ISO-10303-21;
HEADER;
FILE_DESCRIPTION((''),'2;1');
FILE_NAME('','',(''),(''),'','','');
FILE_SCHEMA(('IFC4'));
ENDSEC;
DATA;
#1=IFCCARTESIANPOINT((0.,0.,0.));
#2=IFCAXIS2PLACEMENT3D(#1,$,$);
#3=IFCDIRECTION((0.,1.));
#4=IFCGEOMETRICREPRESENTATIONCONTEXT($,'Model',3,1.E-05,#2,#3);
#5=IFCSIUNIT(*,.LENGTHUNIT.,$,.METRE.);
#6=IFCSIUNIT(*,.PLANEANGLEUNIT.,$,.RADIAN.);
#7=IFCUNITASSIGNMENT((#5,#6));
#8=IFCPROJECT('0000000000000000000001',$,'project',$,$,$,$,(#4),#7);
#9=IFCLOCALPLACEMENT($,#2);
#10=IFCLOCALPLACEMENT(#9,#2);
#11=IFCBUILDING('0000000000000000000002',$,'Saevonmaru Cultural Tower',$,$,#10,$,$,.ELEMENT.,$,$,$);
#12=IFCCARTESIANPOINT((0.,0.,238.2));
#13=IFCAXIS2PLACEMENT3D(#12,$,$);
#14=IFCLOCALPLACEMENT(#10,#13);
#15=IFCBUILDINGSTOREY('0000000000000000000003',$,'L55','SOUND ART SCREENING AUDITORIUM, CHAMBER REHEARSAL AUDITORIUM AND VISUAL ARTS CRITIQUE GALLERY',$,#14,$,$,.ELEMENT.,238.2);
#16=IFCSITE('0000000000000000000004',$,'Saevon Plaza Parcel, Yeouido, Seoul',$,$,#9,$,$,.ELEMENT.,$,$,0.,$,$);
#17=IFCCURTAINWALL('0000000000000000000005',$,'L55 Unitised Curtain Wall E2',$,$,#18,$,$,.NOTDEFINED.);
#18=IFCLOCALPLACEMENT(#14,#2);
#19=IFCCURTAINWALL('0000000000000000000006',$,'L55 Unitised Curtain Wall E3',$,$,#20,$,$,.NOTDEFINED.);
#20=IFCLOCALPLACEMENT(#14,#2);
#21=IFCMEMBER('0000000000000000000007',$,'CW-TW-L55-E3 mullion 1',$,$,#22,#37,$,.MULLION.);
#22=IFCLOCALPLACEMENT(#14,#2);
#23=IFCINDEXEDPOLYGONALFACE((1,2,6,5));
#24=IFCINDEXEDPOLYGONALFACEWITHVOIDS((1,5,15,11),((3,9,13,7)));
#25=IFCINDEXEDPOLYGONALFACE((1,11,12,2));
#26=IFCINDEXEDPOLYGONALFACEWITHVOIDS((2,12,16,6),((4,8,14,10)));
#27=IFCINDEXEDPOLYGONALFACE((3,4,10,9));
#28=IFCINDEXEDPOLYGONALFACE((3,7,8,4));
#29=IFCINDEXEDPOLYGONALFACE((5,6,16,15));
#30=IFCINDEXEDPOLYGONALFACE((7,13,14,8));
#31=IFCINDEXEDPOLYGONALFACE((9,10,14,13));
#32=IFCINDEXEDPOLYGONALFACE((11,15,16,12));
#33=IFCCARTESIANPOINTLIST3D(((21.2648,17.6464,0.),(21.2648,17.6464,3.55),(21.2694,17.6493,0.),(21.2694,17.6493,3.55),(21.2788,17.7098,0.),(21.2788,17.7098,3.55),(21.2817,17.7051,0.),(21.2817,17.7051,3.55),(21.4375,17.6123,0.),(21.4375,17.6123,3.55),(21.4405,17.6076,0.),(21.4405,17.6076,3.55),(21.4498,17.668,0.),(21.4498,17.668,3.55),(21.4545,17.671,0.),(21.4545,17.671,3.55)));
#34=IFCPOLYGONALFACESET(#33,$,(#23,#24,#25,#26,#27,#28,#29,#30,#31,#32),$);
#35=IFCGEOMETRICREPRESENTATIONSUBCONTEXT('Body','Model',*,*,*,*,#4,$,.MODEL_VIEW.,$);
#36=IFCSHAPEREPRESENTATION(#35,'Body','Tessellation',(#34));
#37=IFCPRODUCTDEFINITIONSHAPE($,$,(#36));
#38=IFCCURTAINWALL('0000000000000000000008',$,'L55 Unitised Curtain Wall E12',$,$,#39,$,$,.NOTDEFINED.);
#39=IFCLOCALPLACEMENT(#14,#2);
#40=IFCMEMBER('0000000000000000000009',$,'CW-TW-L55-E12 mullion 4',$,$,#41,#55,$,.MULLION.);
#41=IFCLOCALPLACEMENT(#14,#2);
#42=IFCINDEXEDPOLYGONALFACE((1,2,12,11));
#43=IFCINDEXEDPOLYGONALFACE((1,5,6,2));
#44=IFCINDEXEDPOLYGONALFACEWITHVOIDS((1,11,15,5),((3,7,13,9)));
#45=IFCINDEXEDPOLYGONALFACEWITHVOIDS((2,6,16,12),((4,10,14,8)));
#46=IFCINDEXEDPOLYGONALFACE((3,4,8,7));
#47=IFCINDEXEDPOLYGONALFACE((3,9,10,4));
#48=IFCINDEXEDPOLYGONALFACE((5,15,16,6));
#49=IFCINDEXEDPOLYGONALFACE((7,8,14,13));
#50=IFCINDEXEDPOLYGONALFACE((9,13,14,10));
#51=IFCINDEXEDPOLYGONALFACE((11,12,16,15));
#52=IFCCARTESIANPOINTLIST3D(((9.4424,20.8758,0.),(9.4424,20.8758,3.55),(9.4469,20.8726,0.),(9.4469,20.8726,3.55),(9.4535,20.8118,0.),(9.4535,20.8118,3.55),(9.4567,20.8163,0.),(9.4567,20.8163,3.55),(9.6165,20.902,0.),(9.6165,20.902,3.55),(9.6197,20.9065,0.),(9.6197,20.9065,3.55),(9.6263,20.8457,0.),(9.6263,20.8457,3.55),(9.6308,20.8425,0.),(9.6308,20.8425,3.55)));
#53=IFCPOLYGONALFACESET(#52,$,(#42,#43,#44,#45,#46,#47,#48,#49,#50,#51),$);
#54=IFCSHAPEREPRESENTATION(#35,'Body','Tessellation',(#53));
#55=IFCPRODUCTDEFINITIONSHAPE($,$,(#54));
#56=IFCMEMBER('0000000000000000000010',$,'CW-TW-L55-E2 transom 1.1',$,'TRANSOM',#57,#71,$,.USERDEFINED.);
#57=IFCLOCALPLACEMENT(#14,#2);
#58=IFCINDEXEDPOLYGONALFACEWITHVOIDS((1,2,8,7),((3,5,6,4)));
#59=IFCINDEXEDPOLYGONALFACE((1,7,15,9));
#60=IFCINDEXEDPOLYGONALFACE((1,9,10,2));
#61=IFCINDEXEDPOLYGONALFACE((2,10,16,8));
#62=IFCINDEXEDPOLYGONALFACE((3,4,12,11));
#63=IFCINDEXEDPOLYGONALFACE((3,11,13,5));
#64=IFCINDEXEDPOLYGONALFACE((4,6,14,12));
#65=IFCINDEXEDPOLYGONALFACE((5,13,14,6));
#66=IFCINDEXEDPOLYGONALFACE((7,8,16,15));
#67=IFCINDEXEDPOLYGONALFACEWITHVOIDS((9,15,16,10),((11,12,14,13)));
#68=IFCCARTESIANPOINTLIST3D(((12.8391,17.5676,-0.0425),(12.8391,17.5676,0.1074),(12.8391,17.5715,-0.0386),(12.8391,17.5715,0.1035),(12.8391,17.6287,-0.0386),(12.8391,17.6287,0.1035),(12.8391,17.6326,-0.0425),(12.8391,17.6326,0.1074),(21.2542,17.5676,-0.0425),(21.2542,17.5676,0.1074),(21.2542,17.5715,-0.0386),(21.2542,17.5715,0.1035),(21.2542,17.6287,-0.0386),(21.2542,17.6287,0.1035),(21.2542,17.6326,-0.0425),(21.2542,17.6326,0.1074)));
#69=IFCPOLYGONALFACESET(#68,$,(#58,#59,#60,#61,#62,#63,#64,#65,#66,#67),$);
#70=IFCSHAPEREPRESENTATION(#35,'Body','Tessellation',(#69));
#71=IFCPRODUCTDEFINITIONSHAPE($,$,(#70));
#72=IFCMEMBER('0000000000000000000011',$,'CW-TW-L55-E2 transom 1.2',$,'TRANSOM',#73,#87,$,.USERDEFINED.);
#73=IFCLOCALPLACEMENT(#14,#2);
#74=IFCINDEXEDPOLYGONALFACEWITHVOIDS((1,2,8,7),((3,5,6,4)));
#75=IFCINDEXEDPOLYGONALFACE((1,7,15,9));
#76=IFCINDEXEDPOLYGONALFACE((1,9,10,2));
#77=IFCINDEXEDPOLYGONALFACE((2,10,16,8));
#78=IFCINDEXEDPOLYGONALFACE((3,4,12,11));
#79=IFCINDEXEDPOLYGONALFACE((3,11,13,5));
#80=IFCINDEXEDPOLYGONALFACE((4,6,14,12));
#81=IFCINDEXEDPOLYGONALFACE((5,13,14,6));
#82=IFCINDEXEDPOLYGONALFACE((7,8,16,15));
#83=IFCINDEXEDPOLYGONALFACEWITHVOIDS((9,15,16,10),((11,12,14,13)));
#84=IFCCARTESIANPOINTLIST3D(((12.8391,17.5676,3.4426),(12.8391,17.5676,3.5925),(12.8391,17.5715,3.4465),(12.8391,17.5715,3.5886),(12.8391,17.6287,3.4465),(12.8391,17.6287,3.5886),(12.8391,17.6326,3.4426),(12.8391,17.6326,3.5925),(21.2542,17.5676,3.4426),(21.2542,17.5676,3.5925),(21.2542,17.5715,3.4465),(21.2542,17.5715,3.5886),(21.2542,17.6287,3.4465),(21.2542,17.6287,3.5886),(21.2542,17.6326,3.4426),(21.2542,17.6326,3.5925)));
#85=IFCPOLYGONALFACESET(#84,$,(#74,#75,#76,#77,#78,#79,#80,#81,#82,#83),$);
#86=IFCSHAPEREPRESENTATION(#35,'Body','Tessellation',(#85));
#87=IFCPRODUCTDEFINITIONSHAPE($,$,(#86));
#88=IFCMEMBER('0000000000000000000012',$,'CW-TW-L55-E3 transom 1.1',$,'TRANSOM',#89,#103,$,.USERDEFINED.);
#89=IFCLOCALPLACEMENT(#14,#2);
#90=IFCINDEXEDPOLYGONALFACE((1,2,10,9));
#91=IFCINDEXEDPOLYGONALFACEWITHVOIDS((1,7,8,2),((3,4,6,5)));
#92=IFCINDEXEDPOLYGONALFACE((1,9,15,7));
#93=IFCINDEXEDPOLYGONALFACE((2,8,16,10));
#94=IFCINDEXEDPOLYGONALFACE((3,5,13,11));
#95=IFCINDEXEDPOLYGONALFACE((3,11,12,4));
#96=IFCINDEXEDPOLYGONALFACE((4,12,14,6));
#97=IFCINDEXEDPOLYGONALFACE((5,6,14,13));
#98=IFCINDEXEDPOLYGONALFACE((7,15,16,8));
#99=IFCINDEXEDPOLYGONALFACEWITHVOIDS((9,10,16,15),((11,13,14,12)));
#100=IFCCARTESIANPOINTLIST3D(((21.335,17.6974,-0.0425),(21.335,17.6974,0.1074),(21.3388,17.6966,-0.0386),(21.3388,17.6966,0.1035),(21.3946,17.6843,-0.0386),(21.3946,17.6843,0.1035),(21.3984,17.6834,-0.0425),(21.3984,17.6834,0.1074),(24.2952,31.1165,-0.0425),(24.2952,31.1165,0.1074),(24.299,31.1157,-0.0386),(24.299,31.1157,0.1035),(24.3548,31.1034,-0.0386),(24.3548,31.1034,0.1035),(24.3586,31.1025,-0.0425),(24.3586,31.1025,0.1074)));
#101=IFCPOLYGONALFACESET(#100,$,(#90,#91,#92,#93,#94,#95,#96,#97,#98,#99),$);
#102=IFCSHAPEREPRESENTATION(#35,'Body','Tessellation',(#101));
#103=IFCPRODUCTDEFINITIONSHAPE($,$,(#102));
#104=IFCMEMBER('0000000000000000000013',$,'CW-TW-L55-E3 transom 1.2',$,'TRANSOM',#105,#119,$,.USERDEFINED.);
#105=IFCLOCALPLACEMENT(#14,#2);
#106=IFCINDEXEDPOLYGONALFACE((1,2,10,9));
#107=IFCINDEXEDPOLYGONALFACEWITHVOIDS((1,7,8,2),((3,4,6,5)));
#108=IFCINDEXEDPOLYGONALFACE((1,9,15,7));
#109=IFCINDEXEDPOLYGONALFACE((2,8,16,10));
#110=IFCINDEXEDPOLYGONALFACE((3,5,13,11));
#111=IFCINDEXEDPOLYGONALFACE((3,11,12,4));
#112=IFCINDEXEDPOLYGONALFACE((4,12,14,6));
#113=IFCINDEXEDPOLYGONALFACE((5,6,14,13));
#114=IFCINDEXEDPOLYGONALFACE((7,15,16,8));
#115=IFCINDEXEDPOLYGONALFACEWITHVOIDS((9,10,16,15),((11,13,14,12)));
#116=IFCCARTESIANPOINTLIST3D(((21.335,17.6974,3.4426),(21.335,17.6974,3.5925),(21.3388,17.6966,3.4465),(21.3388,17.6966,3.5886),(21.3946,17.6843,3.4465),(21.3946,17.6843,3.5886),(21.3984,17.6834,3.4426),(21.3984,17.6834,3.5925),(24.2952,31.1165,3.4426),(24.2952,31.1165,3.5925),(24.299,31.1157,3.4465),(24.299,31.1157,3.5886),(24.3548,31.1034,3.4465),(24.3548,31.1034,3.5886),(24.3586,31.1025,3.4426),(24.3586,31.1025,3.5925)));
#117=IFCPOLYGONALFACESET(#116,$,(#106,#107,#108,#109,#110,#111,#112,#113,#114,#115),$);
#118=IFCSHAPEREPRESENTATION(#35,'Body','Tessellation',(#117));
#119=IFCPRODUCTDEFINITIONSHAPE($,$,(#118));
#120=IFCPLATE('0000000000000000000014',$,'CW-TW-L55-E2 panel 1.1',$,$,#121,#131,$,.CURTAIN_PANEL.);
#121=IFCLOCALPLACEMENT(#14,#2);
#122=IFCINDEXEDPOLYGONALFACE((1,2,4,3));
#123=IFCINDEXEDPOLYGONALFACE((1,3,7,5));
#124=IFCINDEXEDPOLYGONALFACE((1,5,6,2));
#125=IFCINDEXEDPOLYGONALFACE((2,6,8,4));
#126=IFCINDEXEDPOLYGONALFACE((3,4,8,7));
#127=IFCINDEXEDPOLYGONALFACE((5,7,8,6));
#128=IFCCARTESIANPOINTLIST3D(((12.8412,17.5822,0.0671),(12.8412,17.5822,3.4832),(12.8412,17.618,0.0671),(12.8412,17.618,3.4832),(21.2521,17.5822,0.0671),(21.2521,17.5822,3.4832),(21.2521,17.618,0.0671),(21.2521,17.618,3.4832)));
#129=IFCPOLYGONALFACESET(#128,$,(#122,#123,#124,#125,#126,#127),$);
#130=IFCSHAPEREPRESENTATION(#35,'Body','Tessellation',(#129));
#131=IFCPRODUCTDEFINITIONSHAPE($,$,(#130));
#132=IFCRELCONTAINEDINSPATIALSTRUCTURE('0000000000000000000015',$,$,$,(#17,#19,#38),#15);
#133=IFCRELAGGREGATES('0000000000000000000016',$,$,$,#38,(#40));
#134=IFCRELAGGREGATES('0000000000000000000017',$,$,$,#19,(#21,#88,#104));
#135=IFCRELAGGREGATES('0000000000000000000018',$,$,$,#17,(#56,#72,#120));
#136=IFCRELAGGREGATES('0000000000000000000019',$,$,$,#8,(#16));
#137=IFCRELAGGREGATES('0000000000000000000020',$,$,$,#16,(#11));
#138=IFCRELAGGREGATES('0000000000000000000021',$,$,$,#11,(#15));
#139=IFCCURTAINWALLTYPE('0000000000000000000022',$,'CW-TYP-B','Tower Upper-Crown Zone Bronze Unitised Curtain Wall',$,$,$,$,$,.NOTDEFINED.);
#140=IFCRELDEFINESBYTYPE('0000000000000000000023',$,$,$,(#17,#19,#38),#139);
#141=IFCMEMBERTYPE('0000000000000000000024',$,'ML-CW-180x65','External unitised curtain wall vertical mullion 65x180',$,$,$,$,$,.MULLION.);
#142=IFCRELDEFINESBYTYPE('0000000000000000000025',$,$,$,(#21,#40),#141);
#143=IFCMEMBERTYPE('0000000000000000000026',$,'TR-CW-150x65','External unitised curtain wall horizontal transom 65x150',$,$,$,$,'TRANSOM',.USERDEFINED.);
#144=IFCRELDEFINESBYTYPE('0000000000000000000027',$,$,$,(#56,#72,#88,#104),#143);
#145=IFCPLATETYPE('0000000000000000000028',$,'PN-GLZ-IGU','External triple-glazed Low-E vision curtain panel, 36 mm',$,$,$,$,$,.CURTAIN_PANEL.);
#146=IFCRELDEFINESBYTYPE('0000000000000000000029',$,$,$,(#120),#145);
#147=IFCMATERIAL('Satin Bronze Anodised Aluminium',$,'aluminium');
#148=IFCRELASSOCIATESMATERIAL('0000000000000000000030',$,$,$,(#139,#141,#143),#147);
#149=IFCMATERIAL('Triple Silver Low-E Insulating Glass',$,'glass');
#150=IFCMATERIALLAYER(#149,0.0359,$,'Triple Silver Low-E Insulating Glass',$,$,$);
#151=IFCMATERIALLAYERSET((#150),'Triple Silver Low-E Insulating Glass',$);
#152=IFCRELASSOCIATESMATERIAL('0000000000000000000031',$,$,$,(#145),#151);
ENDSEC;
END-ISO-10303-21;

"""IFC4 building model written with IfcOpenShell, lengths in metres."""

from ifc_helpers import new_model, si_unit, direction, frame, origin, origin_2d, place, context, subcontext, project, spatial, rectangle, hollow_rectangle, extrude, material, layer, layer_set, material_profile, profile_set, type_object, element, aggregate, save


model = new_model("IFC4")

# Units and contexts
model_context = context("Model", 3, precision=1e-05, world=origin(), true_north=direction((0.0, 1.0)))
body_context = subcontext(model_context, "Body", "Model", "MODEL_VIEW")
ifc_project = project(units=[si_unit("LENGTHUNIT", "METRE"), si_unit("PLANEANGLEUNIT", "RADIAN")], contexts=[model_context])

# Site, building, storey
site_placement = place(None, origin())
site = spatial("IfcSite", under=ifc_project, at=site_placement, Name="Saevon Plaza Parcel, Yeouido, Seoul", CompositionType="ELEMENT", RefElevation=0.0)
building_placement = place(site_placement, origin())
building = spatial("IfcBuilding", under=site, at=building_placement, Name="Saevonmaru Cultural Tower", CompositionType="ELEMENT")
storey_placement = place(building_placement, frame((0.0, 0.0, 238.2)))
storey = spatial("IfcBuildingStorey", under=building, at=storey_placement, Name="L55", Description="SOUND ART SCREENING AUDITORIUM, CHAMBER REHEARSAL AUDITORIUM AND VISUAL ARTS CRITIQUE GALLERY", CompositionType="ELEMENT", Elevation=238.2)

# Curtain wall
ifc_material_1 = material(Name="Satin Bronze Anodised Aluminium", Category="aluminium")
curtain_wall_type = type_object("IfcCurtainWallType", Name="CW-TYP-B", Description="Tower Upper-Crown Zone Bronze Unitised Curtain Wall", PredefinedType="NOTDEFINED", material=ifc_material_1)
curtain_wall_1_placement = place(storey_placement, origin())
curtain_wall_1 = element("IfcCurtainWall", 1, at=curtain_wall_1_placement, inside=storey, type_object=curtain_wall_type, Name="L55 Unitised Curtain Wall E2", PredefinedType="NOTDEFINED")
ifc_material_profile_1 = material_profile(ifc_material_1, hollow_rectangle(XDim=0.0649, YDim=0.1799, WallThickness=0.0039, at=origin_2d()), Name="ALU-MULL-180x65x4")
ifc_profile_set_1 = profile_set([ifc_material_profile_1], Name="Satin Bronze Anodised Aluminium")
member_type_1 = type_object("IfcMemberType", Name="ML-CW-180x65", Description="External unitised curtain wall vertical mullion 65x180", PredefinedType="MULLION", material=ifc_profile_set_1)

# Curtain walls, members
curtain_wall_2_placement = place(storey_placement, origin())
curtain_wall_2 = element("IfcCurtainWall", 2, at=curtain_wall_2_placement, inside=storey, type_object=curtain_wall_type, Name="L55 Unitised Curtain Wall E3", PredefinedType="NOTDEFINED")
member_1_placement = place(storey_placement, frame((21.3596, 17.6587, 0.0), z_axis=(0.0, 0.0, 1.0), x_axis=(0.215413, 0.976523, 0.0)))
member_1 = element("IfcMember", 3, at=member_1_placement, type_object=member_type_1, Name="CW-TW-L55-E3 mullion 1", PredefinedType="MULLION", context=body_context, shape_type="SweptSolid", body=[
    extrude(hollow_rectangle(XDim=0.0649, YDim=0.1799, WallThickness=0.0039, at=origin_2d()), origin(), (0.0, 0.0, 1.0), 3.55),
])
curtain_wall_3_placement = place(storey_placement, origin())
curtain_wall_3 = element("IfcCurtainWall", 4, at=curtain_wall_3_placement, inside=storey, type_object=curtain_wall_type, Name="L55 Unitised Curtain Wall E12", PredefinedType="NOTDEFINED")
member_2_placement = place(storey_placement, frame((9.5366, 20.8591, 0.0), z_axis=(0.0, 0.0, 1.0), x_axis=(0.17079, -0.985307, 0.0)))
member_2 = element("IfcMember", 5, at=member_2_placement, type_object=member_type_1, Name="CW-TW-L55-E12 mullion 4", PredefinedType="MULLION", context=body_context, shape_type="SweptSolid", body=[
    extrude(hollow_rectangle(XDim=0.0649, YDim=0.1799, WallThickness=0.0039, at=origin_2d()), origin(), (0.0, 0.0, 1.0), 3.55),
])
aggregate(curtain_wall_3, [member_2])

# Members
ifc_material_profile_2 = material_profile(ifc_material_1, hollow_rectangle(XDim=0.0649, YDim=0.1499, WallThickness=0.0039, at=origin_2d()), Name="ALU-TRAN-150x65x4")
ifc_profile_set_2 = profile_set([ifc_material_profile_2], Name="Satin Bronze Anodised Aluminium")
member_type_2 = type_object("IfcMemberType", Name="TR-CW-150x65", Description="External unitised curtain wall horizontal transom 65x150", ElementType="TRANSOM", PredefinedType="USERDEFINED", material=ifc_profile_set_2)
member_3_placement = place(storey_placement, frame((12.8391, 17.6001, 0.0325), z_axis=(1.0, 0.0, 0.0), x_axis=(0.0, 1.0, 0.0)))
member_3 = element("IfcMember", 6, at=member_3_placement, type_object=member_type_2, Name="CW-TW-L55-E2 transom 1.1", ObjectType="TRANSOM", PredefinedType="USERDEFINED", context=body_context, shape_type="SweptSolid", body=[
    extrude(hollow_rectangle(XDim=0.0649, YDim=0.1499, WallThickness=0.0039, at=origin_2d()), origin(), (0.0, 0.0, 1.0), 8.415),
])
member_4_placement = place(storey_placement, frame((12.8391, 17.6001, 3.5176), z_axis=(1.0, 0.0, 0.0), x_axis=(0.0, 1.0, 0.0)))
member_4 = element("IfcMember", 7, at=member_4_placement, type_object=member_type_2, Name="CW-TW-L55-E2 transom 1.2", ObjectType="TRANSOM", PredefinedType="USERDEFINED", context=body_context, shape_type="SweptSolid", body=[
    extrude(hollow_rectangle(XDim=0.0649, YDim=0.1499, WallThickness=0.0039, at=origin_2d()), origin(), (0.0, 0.0, 1.0), 8.415),
])
member_5_placement = place(storey_placement, frame((21.3667, 17.6904, 0.0325), z_axis=(0.215416, 0.976522, 0.0), x_axis=(-0.976522, 0.215416, 0.0)))
member_5 = element("IfcMember", 8, at=member_5_placement, type_object=member_type_2, Name="CW-TW-L55-E3 transom 1.1", ObjectType="TRANSOM", PredefinedType="USERDEFINED", context=body_context, shape_type="SweptSolid", body=[
    extrude(hollow_rectangle(XDim=0.0649, YDim=0.1499, WallThickness=0.0039, at=origin_2d()), origin(), (0.0, 0.0, 1.0), 13.7417),
])
member_6_placement = place(storey_placement, frame((21.3667, 17.6904, 3.5176), z_axis=(0.215416, 0.976522, 0.0), x_axis=(-0.976522, 0.215416, 0.0)))
member_6 = element("IfcMember", 9, at=member_6_placement, type_object=member_type_2, Name="CW-TW-L55-E3 transom 1.2", ObjectType="TRANSOM", PredefinedType="USERDEFINED", context=body_context, shape_type="SweptSolid", body=[
    extrude(hollow_rectangle(XDim=0.0649, YDim=0.1499, WallThickness=0.0039, at=origin_2d()), origin(), (0.0, 0.0, 1.0), 13.7417),
])
aggregate(curtain_wall_2, [member_1, member_5, member_6])

# Plate
ifc_material_2 = material(Name="Triple Silver Low-E Insulating Glass", Category="glass")
ifc_layer_1 = layer(ifc_material_2, 0.0359, Name="Triple Silver Low-E Insulating Glass")
ifc_layer_set_1 = layer_set([ifc_layer_1], Name="Triple Silver Low-E Insulating Glass")
plate_type = type_object("IfcPlateType", Name="PN-GLZ-IGU", Description="External triple-glazed Low-E vision curtain panel, 36 mm", PredefinedType="CURTAIN_PANEL", material=ifc_layer_set_1)
plate_placement = place(storey_placement, frame((17.0466, 17.6001, 0.0671), z_axis=(0.0, 0.0, 1.0), x_axis=(1.0, 0.0, 0.0)))
plate = element("IfcPlate", 10, at=plate_placement, type_object=plate_type, Name="CW-TW-L55-E2 panel 1.1", PredefinedType="CURTAIN_PANEL", context=body_context, shape_type="SweptSolid", body=[
    extrude(rectangle(XDim=8.4109, YDim=0.0359, at=origin_2d()), origin(), (0.0, 0.0, 1.0), 3.416),
])
aggregate(curtain_wall_1, [member_3, member_4, plate])

save(model, "model.ifc")
